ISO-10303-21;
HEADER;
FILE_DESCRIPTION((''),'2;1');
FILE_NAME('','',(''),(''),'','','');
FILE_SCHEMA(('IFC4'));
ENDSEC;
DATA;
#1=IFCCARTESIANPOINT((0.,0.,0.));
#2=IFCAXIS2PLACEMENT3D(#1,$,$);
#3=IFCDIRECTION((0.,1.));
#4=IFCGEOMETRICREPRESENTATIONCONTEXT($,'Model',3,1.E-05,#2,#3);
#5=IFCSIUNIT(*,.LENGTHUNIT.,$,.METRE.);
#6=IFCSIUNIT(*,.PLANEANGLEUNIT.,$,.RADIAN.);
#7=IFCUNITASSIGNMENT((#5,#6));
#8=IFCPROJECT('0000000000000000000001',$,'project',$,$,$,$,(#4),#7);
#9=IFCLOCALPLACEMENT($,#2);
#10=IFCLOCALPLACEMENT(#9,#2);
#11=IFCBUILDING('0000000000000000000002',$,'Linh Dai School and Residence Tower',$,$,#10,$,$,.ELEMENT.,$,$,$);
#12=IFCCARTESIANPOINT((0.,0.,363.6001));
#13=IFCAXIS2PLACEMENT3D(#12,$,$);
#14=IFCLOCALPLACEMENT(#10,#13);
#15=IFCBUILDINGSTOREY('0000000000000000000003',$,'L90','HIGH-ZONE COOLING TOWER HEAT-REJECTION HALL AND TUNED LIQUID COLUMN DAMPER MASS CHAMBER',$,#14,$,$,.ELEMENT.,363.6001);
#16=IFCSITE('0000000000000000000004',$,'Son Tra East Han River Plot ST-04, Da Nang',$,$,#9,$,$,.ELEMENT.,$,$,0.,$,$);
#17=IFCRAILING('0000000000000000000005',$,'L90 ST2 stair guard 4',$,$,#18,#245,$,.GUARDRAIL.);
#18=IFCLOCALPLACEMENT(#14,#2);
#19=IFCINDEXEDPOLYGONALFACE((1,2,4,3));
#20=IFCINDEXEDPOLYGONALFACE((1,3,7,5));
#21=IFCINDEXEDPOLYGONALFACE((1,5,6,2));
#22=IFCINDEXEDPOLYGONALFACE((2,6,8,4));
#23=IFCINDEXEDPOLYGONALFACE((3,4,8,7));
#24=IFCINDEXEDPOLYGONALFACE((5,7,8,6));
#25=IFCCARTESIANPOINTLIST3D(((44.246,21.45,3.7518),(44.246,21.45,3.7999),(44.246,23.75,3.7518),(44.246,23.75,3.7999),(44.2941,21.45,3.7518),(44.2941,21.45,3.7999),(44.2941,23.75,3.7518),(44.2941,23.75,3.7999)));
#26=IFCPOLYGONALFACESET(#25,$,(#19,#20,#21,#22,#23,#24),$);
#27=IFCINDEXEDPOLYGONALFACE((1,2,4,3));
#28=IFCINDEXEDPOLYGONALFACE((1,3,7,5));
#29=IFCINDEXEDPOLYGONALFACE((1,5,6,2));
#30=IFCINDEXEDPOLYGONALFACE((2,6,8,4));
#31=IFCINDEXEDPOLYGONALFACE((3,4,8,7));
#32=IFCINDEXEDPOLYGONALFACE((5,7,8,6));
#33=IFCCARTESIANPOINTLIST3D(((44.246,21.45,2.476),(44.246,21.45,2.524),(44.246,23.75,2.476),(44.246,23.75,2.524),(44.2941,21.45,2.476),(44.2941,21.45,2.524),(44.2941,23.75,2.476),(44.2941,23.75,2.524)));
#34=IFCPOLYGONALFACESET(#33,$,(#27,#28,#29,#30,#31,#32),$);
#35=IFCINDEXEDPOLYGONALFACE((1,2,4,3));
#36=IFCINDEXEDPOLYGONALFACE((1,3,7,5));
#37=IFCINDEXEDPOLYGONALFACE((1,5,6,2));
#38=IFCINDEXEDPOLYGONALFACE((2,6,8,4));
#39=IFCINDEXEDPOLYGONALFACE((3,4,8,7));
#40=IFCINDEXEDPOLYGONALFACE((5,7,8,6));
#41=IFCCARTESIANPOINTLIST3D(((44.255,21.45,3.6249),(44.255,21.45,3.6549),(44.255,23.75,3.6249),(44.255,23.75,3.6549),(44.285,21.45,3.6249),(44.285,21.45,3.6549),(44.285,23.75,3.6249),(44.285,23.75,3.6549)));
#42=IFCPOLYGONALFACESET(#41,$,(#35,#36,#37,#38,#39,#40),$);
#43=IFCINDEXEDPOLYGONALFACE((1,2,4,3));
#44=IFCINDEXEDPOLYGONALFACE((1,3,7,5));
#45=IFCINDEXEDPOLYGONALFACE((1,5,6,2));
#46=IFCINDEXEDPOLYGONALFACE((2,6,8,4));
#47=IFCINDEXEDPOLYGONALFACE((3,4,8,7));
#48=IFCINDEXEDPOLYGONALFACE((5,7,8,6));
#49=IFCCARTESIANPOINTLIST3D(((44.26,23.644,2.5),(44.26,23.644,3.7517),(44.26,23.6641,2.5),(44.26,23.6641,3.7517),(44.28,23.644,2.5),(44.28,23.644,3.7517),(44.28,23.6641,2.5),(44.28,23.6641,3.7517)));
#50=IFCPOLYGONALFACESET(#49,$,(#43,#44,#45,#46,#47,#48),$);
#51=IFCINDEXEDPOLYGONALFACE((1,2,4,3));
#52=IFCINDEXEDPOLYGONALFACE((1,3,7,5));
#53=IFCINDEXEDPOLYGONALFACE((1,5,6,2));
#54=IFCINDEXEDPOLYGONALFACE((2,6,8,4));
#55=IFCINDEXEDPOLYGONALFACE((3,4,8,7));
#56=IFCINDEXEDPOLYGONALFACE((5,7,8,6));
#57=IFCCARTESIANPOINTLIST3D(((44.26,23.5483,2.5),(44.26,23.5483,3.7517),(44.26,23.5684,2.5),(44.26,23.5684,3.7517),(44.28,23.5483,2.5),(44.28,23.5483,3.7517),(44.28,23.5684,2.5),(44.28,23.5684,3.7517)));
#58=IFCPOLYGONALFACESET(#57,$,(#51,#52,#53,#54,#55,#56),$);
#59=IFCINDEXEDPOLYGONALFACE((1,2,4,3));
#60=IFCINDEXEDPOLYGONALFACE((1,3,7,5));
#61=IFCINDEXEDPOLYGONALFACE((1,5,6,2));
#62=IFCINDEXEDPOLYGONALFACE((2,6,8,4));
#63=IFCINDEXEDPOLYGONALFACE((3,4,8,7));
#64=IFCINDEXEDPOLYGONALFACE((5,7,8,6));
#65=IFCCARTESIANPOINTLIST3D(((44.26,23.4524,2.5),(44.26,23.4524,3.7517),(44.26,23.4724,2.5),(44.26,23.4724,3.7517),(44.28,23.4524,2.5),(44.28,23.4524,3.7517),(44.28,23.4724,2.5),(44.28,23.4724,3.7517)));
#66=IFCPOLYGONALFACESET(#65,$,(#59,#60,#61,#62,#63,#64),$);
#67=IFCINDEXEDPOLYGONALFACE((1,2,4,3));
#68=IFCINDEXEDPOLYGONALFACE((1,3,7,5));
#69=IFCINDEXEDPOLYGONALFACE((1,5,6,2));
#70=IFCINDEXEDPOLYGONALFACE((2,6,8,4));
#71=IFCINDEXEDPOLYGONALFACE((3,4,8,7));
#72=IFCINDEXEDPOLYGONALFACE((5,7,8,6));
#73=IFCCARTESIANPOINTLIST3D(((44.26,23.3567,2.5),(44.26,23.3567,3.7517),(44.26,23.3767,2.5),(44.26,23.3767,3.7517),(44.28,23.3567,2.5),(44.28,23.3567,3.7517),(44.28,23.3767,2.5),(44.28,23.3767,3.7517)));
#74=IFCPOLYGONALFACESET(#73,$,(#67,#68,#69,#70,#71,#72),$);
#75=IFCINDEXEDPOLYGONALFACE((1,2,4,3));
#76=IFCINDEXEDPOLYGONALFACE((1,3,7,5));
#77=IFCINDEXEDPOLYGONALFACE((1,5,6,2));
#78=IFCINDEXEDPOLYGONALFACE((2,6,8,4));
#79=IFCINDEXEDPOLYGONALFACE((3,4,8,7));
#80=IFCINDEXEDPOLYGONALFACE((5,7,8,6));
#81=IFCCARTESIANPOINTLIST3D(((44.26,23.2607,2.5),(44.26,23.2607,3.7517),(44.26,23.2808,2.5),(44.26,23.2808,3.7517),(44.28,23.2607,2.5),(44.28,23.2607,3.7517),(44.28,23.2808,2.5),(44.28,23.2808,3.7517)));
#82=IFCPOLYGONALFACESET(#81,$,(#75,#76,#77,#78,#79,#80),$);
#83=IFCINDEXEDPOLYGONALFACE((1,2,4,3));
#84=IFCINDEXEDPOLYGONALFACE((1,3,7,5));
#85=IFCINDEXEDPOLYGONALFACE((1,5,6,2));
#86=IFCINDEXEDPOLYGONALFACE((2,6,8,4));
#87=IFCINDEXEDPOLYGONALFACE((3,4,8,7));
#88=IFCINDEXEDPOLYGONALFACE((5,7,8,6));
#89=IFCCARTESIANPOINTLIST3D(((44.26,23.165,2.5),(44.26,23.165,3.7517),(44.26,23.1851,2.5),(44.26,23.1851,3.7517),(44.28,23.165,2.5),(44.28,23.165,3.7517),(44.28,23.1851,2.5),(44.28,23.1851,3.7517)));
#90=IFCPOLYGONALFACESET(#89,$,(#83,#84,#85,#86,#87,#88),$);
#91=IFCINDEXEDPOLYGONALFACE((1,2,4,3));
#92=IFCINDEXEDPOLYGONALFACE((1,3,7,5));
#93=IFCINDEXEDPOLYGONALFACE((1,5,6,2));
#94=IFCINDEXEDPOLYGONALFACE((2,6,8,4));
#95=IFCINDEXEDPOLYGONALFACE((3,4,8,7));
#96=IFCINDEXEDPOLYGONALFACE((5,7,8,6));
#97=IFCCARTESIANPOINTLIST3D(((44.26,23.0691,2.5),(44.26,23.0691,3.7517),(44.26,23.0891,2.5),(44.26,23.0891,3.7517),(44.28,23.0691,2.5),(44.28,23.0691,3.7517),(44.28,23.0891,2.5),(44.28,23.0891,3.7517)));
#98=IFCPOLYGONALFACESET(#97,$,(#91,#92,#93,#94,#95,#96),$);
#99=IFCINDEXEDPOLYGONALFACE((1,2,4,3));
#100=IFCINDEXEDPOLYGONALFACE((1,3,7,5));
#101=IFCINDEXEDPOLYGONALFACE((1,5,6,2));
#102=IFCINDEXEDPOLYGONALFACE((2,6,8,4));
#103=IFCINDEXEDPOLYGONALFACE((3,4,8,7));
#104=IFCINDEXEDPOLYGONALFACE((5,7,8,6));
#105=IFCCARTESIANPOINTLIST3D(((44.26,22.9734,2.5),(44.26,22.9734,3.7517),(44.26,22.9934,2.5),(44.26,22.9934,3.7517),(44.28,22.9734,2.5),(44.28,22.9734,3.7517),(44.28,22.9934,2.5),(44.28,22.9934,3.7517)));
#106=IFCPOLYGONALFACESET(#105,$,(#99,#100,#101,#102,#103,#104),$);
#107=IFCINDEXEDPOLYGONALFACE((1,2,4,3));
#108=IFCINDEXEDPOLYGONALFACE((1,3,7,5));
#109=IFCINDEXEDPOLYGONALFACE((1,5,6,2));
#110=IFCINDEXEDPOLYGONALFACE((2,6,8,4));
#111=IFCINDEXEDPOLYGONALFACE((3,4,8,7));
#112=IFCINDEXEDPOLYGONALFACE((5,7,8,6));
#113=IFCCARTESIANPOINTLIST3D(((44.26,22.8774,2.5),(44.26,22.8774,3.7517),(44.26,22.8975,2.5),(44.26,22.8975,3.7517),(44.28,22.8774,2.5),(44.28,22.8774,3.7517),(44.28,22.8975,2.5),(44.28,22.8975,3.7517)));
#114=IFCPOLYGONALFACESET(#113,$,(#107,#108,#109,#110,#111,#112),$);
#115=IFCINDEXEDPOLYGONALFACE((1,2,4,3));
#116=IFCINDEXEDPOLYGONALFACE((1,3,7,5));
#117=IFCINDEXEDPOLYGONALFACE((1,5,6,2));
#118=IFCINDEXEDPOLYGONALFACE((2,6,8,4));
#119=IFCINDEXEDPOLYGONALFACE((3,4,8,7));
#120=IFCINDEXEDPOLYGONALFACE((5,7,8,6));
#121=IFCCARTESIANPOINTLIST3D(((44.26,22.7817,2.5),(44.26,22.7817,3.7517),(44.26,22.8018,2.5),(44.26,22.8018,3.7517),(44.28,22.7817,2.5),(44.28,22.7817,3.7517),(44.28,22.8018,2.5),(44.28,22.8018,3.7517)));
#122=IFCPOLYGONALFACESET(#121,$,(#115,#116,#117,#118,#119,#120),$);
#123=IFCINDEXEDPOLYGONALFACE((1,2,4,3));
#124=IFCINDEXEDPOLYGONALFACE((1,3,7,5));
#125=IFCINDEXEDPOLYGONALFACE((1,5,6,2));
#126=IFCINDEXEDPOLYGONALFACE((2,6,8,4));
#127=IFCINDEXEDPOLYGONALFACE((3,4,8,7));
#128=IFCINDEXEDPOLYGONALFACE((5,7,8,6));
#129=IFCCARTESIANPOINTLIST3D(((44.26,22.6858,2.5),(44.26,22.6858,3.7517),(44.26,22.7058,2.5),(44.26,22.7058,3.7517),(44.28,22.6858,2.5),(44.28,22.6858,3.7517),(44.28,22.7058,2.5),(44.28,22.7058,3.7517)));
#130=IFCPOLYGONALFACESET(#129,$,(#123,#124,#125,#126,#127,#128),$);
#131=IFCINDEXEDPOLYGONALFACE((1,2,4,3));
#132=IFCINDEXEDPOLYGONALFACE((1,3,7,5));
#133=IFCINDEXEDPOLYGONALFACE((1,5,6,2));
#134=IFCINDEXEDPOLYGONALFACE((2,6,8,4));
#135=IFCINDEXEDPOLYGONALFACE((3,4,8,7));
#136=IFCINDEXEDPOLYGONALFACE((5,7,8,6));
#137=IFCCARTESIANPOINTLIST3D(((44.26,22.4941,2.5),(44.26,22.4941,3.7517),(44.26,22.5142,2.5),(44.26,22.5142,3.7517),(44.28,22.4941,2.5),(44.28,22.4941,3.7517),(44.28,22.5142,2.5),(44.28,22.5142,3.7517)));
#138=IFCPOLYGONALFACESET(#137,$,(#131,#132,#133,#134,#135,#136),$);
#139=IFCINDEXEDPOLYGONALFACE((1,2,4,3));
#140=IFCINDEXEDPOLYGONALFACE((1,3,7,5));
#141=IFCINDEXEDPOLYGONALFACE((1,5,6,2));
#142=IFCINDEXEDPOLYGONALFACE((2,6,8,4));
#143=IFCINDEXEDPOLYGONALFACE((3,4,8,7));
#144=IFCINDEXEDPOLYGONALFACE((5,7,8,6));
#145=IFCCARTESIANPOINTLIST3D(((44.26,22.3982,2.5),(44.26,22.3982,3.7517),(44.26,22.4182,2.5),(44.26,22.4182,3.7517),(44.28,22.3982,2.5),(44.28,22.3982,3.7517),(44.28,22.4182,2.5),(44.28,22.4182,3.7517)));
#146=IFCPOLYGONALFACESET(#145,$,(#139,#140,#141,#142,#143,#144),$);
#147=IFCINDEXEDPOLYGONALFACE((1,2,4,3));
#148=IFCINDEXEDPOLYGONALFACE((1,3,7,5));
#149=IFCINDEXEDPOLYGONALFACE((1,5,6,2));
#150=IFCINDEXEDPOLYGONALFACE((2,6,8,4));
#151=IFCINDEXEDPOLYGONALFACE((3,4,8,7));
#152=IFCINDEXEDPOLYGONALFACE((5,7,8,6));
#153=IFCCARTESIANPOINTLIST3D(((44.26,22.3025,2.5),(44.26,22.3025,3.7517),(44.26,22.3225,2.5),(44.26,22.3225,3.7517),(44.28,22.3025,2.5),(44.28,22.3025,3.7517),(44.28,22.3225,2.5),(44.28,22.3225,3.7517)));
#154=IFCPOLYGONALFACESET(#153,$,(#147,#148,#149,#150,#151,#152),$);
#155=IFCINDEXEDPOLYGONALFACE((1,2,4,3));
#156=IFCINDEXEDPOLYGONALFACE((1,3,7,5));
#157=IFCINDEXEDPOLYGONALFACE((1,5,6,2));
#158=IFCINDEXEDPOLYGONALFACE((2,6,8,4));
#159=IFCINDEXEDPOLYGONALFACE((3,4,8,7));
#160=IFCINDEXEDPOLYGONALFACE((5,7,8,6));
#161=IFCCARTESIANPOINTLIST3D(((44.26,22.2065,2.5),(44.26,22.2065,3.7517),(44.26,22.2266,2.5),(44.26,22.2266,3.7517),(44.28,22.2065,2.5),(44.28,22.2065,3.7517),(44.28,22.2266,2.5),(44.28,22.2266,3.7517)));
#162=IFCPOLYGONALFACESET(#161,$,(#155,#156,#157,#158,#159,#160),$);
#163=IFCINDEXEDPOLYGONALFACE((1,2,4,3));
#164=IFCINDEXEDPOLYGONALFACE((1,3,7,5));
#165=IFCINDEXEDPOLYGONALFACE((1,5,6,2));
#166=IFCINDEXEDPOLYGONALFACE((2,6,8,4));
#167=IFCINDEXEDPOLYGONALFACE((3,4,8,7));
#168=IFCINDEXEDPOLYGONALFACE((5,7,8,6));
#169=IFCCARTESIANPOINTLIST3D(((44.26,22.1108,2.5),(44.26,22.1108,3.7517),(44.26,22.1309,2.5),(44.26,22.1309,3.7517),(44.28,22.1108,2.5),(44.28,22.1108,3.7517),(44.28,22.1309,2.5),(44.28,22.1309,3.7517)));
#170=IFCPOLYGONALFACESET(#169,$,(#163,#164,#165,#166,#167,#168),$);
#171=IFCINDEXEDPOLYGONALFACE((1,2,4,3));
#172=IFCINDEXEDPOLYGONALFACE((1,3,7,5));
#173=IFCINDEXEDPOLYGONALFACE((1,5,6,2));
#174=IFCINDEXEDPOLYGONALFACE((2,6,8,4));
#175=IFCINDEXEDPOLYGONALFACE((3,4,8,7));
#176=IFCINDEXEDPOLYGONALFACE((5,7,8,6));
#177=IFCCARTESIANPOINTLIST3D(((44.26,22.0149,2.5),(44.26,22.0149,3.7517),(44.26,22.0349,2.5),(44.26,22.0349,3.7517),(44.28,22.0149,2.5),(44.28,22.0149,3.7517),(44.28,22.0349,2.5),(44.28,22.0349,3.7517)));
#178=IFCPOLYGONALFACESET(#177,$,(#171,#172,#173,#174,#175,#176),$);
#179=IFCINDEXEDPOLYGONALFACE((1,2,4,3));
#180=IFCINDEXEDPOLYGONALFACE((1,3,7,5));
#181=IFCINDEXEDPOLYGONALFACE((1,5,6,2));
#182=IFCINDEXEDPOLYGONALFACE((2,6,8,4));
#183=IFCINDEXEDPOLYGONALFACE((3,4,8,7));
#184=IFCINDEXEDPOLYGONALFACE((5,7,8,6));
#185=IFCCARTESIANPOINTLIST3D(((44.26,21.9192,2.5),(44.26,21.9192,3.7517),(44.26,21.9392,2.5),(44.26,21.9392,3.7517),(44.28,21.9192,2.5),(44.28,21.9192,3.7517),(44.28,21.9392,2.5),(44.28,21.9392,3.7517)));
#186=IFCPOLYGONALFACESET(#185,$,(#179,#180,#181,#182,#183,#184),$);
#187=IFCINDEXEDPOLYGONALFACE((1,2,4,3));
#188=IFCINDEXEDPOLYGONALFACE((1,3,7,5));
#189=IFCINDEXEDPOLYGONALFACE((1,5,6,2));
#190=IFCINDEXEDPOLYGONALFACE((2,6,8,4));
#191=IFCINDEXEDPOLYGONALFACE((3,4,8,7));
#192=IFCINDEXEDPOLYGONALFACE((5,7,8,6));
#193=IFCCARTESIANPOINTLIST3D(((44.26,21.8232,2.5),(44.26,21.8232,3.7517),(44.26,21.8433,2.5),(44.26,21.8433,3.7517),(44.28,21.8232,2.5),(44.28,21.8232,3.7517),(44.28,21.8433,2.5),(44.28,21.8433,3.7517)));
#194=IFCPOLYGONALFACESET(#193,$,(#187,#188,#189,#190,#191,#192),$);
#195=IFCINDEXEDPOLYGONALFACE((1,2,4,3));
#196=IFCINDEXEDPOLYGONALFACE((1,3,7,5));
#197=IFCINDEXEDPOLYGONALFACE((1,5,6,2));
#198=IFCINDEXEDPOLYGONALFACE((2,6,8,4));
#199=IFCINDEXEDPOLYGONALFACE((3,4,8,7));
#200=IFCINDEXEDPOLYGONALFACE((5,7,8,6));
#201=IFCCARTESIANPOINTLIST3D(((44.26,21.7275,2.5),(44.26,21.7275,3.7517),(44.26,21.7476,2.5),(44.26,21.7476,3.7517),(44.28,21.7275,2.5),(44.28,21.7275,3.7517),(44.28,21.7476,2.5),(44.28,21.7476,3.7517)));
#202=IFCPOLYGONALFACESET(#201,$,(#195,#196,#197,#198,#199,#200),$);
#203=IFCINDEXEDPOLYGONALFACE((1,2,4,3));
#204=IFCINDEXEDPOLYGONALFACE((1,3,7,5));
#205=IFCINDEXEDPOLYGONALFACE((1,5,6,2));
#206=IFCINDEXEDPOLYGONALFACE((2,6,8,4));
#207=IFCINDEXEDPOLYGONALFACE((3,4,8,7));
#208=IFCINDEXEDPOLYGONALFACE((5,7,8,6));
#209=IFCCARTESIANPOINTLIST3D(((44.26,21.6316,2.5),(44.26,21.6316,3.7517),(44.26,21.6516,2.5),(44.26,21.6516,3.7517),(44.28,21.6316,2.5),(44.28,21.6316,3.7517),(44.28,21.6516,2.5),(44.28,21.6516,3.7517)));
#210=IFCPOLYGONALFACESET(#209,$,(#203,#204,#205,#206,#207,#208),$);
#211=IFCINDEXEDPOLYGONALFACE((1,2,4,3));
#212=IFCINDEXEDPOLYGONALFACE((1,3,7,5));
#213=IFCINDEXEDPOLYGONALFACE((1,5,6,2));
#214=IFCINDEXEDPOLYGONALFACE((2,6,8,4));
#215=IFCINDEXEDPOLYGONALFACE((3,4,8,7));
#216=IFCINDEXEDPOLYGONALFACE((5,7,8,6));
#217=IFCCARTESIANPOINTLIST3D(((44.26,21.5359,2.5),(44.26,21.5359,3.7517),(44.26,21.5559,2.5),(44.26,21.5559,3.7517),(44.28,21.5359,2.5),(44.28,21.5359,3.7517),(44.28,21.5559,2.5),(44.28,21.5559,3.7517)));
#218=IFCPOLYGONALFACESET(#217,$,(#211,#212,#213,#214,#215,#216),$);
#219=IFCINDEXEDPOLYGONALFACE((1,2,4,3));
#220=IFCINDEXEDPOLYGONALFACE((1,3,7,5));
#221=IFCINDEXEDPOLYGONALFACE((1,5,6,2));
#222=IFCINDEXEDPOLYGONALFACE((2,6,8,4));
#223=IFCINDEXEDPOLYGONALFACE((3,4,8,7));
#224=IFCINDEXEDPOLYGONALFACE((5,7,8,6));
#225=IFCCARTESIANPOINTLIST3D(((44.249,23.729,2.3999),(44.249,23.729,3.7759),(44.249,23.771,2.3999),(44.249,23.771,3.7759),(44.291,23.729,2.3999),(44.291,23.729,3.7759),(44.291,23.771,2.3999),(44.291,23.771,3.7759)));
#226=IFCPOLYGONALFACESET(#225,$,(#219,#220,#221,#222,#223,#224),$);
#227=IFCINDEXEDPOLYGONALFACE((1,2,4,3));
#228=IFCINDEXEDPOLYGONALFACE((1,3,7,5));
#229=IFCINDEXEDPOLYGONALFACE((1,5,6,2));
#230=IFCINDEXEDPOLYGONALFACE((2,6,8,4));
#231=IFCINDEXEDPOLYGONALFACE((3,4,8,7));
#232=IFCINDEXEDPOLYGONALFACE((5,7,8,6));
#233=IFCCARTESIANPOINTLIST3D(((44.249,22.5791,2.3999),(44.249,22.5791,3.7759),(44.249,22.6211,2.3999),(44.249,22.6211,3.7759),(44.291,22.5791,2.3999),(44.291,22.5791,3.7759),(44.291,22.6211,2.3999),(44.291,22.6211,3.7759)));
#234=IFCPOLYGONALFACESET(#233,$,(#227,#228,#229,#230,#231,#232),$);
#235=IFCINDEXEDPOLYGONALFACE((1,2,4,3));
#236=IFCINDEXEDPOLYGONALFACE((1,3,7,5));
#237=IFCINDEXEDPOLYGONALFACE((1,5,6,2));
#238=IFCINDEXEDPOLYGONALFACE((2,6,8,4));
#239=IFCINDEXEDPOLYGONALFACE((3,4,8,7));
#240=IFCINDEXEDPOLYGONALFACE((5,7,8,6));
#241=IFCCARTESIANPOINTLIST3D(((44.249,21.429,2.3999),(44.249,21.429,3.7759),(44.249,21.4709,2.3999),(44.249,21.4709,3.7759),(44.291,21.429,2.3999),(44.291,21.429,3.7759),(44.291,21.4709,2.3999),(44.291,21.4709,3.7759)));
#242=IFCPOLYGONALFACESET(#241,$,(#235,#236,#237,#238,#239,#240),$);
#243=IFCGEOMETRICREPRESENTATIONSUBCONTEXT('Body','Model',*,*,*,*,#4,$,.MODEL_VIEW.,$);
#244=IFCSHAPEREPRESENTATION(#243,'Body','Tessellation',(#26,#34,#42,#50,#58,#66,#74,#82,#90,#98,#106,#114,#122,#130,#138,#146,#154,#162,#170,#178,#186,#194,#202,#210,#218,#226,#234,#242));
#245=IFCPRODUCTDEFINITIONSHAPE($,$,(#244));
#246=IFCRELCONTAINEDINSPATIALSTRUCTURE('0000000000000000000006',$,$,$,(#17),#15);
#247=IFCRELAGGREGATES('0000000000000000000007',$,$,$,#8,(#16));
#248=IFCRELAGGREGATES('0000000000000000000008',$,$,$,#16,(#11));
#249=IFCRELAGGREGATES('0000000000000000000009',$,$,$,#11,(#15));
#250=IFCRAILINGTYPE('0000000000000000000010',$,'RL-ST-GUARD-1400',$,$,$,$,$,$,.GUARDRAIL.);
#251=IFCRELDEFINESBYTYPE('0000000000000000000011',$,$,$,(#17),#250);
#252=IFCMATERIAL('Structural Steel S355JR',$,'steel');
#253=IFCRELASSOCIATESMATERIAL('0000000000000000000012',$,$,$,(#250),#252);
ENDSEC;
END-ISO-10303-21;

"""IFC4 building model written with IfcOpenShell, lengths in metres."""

from ifc_helpers import new_model, si_unit, direction, frame, origin, origin_2d, place, context, subcontext, project, spatial, rectangle, extrude, source, transform, mapped, material, type_object, element, save


model = new_model("IFC4")

# Units and contexts
model_context = context("Model", 3, precision=1e-05, world=origin(), true_north=direction((0.0, 1.0)))
body_context = subcontext(model_context, "Body", "Model", "MODEL_VIEW")
ifc_project = project(units=[si_unit("LENGTHUNIT", "METRE"), si_unit("PLANEANGLEUNIT", "RADIAN")], contexts=[model_context])

# Site, building, storey
site_placement = place(None, origin())
site = spatial("IfcSite", under=ifc_project, at=site_placement, Name="Son Tra East Han River Plot ST-04, Da Nang", CompositionType="ELEMENT", RefElevation=0.0)
building_placement = place(site_placement, origin())
building = spatial("IfcBuilding", under=site, at=building_placement, Name="Linh Dai School and Residence Tower", CompositionType="ELEMENT")
storey_placement = place(building_placement, frame((0.0, 0.0, 363.6001)))
storey = spatial("IfcBuildingStorey", under=building, at=storey_placement, Name="L90", Description="HIGH-ZONE COOLING TOWER HEAT-REJECTION HALL AND TUNED LIQUID COLUMN DAMPER MASS CHAMBER", CompositionType="ELEMENT", Elevation=363.6001)

# Shared definitions
ifc_material_1 = material(Name="Structural Steel S355JR", Category="steel")

# Railing
railing_type_1 = type_object("IfcRailingType", Name="RL-ST-GUARD-1400", PredefinedType="GUARDRAIL", material=ifc_material_1)
shared_shape_1 = source(origin(), body_context, "Body", "SweptSolid", [
    extrude(rectangle(XDim=0.0481, YDim=0.0481, at=origin_2d()), frame((0.0, 0.0, 1.376), z_axis=(0.0, -1.0, 0.0), x_axis=(1.0, 0.0, 0.0)), (0.0, 0.0, 1.0), 2.3),
    extrude(rectangle(XDim=0.0481, YDim=0.0481, at=origin_2d()), frame((0.0, 0.0, 0.1001), z_axis=(0.0, -1.0, 0.0), x_axis=(1.0, 0.0, 0.0)), (0.0, 0.0, 1.0), 2.3),
    extrude(rectangle(XDim=0.03, YDim=0.03, at=origin_2d()), frame((0.0, 0.0, 1.24), z_axis=(0.0, -1.0, 0.0), x_axis=(1.0, 0.0, 0.0)), (0.0, 0.0, 1.0), 2.3),
    extrude(rectangle(XDim=0.02, YDim=0.02, at=origin_2d()), frame((0.0, -0.0959, 0.1001)), (0.0, 0.0, 1.0), 1.2517),
    extrude(rectangle(XDim=0.02, YDim=0.02, at=origin_2d()), frame((0.0, -0.1917, 0.1001)), (0.0, 0.0, 1.0), 1.2517),
    extrude(rectangle(XDim=0.02, YDim=0.02, at=origin_2d()), frame((0.0, -0.2876, 0.1001)), (0.0, 0.0, 1.0), 1.2517),
    extrude(rectangle(XDim=0.02, YDim=0.02, at=origin_2d()), frame((0.0, -0.3833, 0.1001)), (0.0, 0.0, 1.0), 1.2517),
    extrude(rectangle(XDim=0.02, YDim=0.02, at=origin_2d()), frame((0.0, -0.4792, 0.1001)), (0.0, 0.0, 1.0), 1.2517),
    extrude(rectangle(XDim=0.02, YDim=0.02, at=origin_2d()), frame((0.0, -0.575, 0.1001)), (0.0, 0.0, 1.0), 1.2517),
    extrude(rectangle(XDim=0.02, YDim=0.02, at=origin_2d()), frame((0.0, -0.6709, 0.1001)), (0.0, 0.0, 1.0), 1.2517),
    extrude(rectangle(XDim=0.02, YDim=0.02, at=origin_2d()), frame((0.0, -0.7666, 0.1001)), (0.0, 0.0, 1.0), 1.2517),
    extrude(rectangle(XDim=0.02, YDim=0.02, at=origin_2d()), frame((0.0, -0.8625, 0.1001)), (0.0, 0.0, 1.0), 1.2517),
    extrude(rectangle(XDim=0.02, YDim=0.02, at=origin_2d()), frame((0.0, -0.9583, 0.1001)), (0.0, 0.0, 1.0), 1.2517),
    extrude(rectangle(XDim=0.02, YDim=0.02, at=origin_2d()), frame((0.0, -1.0542, 0.1001)), (0.0, 0.0, 1.0), 1.2517),
    extrude(rectangle(XDim=0.02, YDim=0.02, at=origin_2d()), frame((0.0, -1.2458, 0.1001)), (0.0, 0.0, 1.0), 1.2517),
    extrude(rectangle(XDim=0.02, YDim=0.02, at=origin_2d()), frame((0.0, -1.3418, 0.1001)), (0.0, 0.0, 1.0), 1.2517),
    extrude(rectangle(XDim=0.02, YDim=0.02, at=origin_2d()), frame((0.0, -1.4375, 0.1001)), (0.0, 0.0, 1.0), 1.2517),
    extrude(rectangle(XDim=0.02, YDim=0.02, at=origin_2d()), frame((0.0, -1.5334, 0.1001)), (0.0, 0.0, 1.0), 1.2517),
    extrude(rectangle(XDim=0.02, YDim=0.02, at=origin_2d()), frame((0.0, -1.6292, 0.1001)), (0.0, 0.0, 1.0), 1.2517),
    extrude(rectangle(XDim=0.02, YDim=0.02, at=origin_2d()), frame((0.0, -1.7251, 0.1001)), (0.0, 0.0, 1.0), 1.2517),
    extrude(rectangle(XDim=0.02, YDim=0.02, at=origin_2d()), frame((0.0, -1.8208, 0.1001)), (0.0, 0.0, 1.0), 1.2517),
    extrude(rectangle(XDim=0.02, YDim=0.02, at=origin_2d()), frame((0.0, -1.9167, 0.1001)), (0.0, 0.0, 1.0), 1.2517),
    extrude(rectangle(XDim=0.02, YDim=0.02, at=origin_2d()), frame((0.0, -2.0125, 0.1001)), (0.0, 0.0, 1.0), 1.2517),
    extrude(rectangle(XDim=0.02, YDim=0.02, at=origin_2d()), frame((0.0, -2.1084, 0.1001)), (0.0, 0.0, 1.0), 1.2517),
    extrude(rectangle(XDim=0.02, YDim=0.02, at=origin_2d()), frame((0.0, -2.2041, 0.1001)), (0.0, 0.0, 1.0), 1.2517),
    extrude(rectangle(XDim=0.042, YDim=0.042, at=origin_2d()), origin(), (0.0, 0.0, 1.0), 1.376),
    extrude(rectangle(XDim=0.042, YDim=0.042, at=origin_2d()), frame((0.0, -1.1499, 0.0)), (0.0, 0.0, 1.0), 1.376),
    extrude(rectangle(XDim=0.042, YDim=0.042, at=origin_2d()), frame((0.0, -2.3, 0.0)), (0.0, 0.0, 1.0), 1.376),
])
railing_1_placement = place(storey_placement, frame((44.27, 23.75, 2.3999)))
element("IfcRailing", 1, at=railing_1_placement, inside=storey, type_object=railing_type_1, Name="L90 ST2 stair guard 4", PredefinedType="GUARDRAIL", context=body_context, shape_type="MappedRepresentation", body=[
    mapped(shared_shape_1, transform((0.0, 0.0, 0.0), x_axis=(1.0, 0.0, 0.0), y_axis=(0.0, 1.0, 0.0), z_axis=(0.0, 0.0, 1.0), scale=1.0)),
])

save(model, "model.ifc")
